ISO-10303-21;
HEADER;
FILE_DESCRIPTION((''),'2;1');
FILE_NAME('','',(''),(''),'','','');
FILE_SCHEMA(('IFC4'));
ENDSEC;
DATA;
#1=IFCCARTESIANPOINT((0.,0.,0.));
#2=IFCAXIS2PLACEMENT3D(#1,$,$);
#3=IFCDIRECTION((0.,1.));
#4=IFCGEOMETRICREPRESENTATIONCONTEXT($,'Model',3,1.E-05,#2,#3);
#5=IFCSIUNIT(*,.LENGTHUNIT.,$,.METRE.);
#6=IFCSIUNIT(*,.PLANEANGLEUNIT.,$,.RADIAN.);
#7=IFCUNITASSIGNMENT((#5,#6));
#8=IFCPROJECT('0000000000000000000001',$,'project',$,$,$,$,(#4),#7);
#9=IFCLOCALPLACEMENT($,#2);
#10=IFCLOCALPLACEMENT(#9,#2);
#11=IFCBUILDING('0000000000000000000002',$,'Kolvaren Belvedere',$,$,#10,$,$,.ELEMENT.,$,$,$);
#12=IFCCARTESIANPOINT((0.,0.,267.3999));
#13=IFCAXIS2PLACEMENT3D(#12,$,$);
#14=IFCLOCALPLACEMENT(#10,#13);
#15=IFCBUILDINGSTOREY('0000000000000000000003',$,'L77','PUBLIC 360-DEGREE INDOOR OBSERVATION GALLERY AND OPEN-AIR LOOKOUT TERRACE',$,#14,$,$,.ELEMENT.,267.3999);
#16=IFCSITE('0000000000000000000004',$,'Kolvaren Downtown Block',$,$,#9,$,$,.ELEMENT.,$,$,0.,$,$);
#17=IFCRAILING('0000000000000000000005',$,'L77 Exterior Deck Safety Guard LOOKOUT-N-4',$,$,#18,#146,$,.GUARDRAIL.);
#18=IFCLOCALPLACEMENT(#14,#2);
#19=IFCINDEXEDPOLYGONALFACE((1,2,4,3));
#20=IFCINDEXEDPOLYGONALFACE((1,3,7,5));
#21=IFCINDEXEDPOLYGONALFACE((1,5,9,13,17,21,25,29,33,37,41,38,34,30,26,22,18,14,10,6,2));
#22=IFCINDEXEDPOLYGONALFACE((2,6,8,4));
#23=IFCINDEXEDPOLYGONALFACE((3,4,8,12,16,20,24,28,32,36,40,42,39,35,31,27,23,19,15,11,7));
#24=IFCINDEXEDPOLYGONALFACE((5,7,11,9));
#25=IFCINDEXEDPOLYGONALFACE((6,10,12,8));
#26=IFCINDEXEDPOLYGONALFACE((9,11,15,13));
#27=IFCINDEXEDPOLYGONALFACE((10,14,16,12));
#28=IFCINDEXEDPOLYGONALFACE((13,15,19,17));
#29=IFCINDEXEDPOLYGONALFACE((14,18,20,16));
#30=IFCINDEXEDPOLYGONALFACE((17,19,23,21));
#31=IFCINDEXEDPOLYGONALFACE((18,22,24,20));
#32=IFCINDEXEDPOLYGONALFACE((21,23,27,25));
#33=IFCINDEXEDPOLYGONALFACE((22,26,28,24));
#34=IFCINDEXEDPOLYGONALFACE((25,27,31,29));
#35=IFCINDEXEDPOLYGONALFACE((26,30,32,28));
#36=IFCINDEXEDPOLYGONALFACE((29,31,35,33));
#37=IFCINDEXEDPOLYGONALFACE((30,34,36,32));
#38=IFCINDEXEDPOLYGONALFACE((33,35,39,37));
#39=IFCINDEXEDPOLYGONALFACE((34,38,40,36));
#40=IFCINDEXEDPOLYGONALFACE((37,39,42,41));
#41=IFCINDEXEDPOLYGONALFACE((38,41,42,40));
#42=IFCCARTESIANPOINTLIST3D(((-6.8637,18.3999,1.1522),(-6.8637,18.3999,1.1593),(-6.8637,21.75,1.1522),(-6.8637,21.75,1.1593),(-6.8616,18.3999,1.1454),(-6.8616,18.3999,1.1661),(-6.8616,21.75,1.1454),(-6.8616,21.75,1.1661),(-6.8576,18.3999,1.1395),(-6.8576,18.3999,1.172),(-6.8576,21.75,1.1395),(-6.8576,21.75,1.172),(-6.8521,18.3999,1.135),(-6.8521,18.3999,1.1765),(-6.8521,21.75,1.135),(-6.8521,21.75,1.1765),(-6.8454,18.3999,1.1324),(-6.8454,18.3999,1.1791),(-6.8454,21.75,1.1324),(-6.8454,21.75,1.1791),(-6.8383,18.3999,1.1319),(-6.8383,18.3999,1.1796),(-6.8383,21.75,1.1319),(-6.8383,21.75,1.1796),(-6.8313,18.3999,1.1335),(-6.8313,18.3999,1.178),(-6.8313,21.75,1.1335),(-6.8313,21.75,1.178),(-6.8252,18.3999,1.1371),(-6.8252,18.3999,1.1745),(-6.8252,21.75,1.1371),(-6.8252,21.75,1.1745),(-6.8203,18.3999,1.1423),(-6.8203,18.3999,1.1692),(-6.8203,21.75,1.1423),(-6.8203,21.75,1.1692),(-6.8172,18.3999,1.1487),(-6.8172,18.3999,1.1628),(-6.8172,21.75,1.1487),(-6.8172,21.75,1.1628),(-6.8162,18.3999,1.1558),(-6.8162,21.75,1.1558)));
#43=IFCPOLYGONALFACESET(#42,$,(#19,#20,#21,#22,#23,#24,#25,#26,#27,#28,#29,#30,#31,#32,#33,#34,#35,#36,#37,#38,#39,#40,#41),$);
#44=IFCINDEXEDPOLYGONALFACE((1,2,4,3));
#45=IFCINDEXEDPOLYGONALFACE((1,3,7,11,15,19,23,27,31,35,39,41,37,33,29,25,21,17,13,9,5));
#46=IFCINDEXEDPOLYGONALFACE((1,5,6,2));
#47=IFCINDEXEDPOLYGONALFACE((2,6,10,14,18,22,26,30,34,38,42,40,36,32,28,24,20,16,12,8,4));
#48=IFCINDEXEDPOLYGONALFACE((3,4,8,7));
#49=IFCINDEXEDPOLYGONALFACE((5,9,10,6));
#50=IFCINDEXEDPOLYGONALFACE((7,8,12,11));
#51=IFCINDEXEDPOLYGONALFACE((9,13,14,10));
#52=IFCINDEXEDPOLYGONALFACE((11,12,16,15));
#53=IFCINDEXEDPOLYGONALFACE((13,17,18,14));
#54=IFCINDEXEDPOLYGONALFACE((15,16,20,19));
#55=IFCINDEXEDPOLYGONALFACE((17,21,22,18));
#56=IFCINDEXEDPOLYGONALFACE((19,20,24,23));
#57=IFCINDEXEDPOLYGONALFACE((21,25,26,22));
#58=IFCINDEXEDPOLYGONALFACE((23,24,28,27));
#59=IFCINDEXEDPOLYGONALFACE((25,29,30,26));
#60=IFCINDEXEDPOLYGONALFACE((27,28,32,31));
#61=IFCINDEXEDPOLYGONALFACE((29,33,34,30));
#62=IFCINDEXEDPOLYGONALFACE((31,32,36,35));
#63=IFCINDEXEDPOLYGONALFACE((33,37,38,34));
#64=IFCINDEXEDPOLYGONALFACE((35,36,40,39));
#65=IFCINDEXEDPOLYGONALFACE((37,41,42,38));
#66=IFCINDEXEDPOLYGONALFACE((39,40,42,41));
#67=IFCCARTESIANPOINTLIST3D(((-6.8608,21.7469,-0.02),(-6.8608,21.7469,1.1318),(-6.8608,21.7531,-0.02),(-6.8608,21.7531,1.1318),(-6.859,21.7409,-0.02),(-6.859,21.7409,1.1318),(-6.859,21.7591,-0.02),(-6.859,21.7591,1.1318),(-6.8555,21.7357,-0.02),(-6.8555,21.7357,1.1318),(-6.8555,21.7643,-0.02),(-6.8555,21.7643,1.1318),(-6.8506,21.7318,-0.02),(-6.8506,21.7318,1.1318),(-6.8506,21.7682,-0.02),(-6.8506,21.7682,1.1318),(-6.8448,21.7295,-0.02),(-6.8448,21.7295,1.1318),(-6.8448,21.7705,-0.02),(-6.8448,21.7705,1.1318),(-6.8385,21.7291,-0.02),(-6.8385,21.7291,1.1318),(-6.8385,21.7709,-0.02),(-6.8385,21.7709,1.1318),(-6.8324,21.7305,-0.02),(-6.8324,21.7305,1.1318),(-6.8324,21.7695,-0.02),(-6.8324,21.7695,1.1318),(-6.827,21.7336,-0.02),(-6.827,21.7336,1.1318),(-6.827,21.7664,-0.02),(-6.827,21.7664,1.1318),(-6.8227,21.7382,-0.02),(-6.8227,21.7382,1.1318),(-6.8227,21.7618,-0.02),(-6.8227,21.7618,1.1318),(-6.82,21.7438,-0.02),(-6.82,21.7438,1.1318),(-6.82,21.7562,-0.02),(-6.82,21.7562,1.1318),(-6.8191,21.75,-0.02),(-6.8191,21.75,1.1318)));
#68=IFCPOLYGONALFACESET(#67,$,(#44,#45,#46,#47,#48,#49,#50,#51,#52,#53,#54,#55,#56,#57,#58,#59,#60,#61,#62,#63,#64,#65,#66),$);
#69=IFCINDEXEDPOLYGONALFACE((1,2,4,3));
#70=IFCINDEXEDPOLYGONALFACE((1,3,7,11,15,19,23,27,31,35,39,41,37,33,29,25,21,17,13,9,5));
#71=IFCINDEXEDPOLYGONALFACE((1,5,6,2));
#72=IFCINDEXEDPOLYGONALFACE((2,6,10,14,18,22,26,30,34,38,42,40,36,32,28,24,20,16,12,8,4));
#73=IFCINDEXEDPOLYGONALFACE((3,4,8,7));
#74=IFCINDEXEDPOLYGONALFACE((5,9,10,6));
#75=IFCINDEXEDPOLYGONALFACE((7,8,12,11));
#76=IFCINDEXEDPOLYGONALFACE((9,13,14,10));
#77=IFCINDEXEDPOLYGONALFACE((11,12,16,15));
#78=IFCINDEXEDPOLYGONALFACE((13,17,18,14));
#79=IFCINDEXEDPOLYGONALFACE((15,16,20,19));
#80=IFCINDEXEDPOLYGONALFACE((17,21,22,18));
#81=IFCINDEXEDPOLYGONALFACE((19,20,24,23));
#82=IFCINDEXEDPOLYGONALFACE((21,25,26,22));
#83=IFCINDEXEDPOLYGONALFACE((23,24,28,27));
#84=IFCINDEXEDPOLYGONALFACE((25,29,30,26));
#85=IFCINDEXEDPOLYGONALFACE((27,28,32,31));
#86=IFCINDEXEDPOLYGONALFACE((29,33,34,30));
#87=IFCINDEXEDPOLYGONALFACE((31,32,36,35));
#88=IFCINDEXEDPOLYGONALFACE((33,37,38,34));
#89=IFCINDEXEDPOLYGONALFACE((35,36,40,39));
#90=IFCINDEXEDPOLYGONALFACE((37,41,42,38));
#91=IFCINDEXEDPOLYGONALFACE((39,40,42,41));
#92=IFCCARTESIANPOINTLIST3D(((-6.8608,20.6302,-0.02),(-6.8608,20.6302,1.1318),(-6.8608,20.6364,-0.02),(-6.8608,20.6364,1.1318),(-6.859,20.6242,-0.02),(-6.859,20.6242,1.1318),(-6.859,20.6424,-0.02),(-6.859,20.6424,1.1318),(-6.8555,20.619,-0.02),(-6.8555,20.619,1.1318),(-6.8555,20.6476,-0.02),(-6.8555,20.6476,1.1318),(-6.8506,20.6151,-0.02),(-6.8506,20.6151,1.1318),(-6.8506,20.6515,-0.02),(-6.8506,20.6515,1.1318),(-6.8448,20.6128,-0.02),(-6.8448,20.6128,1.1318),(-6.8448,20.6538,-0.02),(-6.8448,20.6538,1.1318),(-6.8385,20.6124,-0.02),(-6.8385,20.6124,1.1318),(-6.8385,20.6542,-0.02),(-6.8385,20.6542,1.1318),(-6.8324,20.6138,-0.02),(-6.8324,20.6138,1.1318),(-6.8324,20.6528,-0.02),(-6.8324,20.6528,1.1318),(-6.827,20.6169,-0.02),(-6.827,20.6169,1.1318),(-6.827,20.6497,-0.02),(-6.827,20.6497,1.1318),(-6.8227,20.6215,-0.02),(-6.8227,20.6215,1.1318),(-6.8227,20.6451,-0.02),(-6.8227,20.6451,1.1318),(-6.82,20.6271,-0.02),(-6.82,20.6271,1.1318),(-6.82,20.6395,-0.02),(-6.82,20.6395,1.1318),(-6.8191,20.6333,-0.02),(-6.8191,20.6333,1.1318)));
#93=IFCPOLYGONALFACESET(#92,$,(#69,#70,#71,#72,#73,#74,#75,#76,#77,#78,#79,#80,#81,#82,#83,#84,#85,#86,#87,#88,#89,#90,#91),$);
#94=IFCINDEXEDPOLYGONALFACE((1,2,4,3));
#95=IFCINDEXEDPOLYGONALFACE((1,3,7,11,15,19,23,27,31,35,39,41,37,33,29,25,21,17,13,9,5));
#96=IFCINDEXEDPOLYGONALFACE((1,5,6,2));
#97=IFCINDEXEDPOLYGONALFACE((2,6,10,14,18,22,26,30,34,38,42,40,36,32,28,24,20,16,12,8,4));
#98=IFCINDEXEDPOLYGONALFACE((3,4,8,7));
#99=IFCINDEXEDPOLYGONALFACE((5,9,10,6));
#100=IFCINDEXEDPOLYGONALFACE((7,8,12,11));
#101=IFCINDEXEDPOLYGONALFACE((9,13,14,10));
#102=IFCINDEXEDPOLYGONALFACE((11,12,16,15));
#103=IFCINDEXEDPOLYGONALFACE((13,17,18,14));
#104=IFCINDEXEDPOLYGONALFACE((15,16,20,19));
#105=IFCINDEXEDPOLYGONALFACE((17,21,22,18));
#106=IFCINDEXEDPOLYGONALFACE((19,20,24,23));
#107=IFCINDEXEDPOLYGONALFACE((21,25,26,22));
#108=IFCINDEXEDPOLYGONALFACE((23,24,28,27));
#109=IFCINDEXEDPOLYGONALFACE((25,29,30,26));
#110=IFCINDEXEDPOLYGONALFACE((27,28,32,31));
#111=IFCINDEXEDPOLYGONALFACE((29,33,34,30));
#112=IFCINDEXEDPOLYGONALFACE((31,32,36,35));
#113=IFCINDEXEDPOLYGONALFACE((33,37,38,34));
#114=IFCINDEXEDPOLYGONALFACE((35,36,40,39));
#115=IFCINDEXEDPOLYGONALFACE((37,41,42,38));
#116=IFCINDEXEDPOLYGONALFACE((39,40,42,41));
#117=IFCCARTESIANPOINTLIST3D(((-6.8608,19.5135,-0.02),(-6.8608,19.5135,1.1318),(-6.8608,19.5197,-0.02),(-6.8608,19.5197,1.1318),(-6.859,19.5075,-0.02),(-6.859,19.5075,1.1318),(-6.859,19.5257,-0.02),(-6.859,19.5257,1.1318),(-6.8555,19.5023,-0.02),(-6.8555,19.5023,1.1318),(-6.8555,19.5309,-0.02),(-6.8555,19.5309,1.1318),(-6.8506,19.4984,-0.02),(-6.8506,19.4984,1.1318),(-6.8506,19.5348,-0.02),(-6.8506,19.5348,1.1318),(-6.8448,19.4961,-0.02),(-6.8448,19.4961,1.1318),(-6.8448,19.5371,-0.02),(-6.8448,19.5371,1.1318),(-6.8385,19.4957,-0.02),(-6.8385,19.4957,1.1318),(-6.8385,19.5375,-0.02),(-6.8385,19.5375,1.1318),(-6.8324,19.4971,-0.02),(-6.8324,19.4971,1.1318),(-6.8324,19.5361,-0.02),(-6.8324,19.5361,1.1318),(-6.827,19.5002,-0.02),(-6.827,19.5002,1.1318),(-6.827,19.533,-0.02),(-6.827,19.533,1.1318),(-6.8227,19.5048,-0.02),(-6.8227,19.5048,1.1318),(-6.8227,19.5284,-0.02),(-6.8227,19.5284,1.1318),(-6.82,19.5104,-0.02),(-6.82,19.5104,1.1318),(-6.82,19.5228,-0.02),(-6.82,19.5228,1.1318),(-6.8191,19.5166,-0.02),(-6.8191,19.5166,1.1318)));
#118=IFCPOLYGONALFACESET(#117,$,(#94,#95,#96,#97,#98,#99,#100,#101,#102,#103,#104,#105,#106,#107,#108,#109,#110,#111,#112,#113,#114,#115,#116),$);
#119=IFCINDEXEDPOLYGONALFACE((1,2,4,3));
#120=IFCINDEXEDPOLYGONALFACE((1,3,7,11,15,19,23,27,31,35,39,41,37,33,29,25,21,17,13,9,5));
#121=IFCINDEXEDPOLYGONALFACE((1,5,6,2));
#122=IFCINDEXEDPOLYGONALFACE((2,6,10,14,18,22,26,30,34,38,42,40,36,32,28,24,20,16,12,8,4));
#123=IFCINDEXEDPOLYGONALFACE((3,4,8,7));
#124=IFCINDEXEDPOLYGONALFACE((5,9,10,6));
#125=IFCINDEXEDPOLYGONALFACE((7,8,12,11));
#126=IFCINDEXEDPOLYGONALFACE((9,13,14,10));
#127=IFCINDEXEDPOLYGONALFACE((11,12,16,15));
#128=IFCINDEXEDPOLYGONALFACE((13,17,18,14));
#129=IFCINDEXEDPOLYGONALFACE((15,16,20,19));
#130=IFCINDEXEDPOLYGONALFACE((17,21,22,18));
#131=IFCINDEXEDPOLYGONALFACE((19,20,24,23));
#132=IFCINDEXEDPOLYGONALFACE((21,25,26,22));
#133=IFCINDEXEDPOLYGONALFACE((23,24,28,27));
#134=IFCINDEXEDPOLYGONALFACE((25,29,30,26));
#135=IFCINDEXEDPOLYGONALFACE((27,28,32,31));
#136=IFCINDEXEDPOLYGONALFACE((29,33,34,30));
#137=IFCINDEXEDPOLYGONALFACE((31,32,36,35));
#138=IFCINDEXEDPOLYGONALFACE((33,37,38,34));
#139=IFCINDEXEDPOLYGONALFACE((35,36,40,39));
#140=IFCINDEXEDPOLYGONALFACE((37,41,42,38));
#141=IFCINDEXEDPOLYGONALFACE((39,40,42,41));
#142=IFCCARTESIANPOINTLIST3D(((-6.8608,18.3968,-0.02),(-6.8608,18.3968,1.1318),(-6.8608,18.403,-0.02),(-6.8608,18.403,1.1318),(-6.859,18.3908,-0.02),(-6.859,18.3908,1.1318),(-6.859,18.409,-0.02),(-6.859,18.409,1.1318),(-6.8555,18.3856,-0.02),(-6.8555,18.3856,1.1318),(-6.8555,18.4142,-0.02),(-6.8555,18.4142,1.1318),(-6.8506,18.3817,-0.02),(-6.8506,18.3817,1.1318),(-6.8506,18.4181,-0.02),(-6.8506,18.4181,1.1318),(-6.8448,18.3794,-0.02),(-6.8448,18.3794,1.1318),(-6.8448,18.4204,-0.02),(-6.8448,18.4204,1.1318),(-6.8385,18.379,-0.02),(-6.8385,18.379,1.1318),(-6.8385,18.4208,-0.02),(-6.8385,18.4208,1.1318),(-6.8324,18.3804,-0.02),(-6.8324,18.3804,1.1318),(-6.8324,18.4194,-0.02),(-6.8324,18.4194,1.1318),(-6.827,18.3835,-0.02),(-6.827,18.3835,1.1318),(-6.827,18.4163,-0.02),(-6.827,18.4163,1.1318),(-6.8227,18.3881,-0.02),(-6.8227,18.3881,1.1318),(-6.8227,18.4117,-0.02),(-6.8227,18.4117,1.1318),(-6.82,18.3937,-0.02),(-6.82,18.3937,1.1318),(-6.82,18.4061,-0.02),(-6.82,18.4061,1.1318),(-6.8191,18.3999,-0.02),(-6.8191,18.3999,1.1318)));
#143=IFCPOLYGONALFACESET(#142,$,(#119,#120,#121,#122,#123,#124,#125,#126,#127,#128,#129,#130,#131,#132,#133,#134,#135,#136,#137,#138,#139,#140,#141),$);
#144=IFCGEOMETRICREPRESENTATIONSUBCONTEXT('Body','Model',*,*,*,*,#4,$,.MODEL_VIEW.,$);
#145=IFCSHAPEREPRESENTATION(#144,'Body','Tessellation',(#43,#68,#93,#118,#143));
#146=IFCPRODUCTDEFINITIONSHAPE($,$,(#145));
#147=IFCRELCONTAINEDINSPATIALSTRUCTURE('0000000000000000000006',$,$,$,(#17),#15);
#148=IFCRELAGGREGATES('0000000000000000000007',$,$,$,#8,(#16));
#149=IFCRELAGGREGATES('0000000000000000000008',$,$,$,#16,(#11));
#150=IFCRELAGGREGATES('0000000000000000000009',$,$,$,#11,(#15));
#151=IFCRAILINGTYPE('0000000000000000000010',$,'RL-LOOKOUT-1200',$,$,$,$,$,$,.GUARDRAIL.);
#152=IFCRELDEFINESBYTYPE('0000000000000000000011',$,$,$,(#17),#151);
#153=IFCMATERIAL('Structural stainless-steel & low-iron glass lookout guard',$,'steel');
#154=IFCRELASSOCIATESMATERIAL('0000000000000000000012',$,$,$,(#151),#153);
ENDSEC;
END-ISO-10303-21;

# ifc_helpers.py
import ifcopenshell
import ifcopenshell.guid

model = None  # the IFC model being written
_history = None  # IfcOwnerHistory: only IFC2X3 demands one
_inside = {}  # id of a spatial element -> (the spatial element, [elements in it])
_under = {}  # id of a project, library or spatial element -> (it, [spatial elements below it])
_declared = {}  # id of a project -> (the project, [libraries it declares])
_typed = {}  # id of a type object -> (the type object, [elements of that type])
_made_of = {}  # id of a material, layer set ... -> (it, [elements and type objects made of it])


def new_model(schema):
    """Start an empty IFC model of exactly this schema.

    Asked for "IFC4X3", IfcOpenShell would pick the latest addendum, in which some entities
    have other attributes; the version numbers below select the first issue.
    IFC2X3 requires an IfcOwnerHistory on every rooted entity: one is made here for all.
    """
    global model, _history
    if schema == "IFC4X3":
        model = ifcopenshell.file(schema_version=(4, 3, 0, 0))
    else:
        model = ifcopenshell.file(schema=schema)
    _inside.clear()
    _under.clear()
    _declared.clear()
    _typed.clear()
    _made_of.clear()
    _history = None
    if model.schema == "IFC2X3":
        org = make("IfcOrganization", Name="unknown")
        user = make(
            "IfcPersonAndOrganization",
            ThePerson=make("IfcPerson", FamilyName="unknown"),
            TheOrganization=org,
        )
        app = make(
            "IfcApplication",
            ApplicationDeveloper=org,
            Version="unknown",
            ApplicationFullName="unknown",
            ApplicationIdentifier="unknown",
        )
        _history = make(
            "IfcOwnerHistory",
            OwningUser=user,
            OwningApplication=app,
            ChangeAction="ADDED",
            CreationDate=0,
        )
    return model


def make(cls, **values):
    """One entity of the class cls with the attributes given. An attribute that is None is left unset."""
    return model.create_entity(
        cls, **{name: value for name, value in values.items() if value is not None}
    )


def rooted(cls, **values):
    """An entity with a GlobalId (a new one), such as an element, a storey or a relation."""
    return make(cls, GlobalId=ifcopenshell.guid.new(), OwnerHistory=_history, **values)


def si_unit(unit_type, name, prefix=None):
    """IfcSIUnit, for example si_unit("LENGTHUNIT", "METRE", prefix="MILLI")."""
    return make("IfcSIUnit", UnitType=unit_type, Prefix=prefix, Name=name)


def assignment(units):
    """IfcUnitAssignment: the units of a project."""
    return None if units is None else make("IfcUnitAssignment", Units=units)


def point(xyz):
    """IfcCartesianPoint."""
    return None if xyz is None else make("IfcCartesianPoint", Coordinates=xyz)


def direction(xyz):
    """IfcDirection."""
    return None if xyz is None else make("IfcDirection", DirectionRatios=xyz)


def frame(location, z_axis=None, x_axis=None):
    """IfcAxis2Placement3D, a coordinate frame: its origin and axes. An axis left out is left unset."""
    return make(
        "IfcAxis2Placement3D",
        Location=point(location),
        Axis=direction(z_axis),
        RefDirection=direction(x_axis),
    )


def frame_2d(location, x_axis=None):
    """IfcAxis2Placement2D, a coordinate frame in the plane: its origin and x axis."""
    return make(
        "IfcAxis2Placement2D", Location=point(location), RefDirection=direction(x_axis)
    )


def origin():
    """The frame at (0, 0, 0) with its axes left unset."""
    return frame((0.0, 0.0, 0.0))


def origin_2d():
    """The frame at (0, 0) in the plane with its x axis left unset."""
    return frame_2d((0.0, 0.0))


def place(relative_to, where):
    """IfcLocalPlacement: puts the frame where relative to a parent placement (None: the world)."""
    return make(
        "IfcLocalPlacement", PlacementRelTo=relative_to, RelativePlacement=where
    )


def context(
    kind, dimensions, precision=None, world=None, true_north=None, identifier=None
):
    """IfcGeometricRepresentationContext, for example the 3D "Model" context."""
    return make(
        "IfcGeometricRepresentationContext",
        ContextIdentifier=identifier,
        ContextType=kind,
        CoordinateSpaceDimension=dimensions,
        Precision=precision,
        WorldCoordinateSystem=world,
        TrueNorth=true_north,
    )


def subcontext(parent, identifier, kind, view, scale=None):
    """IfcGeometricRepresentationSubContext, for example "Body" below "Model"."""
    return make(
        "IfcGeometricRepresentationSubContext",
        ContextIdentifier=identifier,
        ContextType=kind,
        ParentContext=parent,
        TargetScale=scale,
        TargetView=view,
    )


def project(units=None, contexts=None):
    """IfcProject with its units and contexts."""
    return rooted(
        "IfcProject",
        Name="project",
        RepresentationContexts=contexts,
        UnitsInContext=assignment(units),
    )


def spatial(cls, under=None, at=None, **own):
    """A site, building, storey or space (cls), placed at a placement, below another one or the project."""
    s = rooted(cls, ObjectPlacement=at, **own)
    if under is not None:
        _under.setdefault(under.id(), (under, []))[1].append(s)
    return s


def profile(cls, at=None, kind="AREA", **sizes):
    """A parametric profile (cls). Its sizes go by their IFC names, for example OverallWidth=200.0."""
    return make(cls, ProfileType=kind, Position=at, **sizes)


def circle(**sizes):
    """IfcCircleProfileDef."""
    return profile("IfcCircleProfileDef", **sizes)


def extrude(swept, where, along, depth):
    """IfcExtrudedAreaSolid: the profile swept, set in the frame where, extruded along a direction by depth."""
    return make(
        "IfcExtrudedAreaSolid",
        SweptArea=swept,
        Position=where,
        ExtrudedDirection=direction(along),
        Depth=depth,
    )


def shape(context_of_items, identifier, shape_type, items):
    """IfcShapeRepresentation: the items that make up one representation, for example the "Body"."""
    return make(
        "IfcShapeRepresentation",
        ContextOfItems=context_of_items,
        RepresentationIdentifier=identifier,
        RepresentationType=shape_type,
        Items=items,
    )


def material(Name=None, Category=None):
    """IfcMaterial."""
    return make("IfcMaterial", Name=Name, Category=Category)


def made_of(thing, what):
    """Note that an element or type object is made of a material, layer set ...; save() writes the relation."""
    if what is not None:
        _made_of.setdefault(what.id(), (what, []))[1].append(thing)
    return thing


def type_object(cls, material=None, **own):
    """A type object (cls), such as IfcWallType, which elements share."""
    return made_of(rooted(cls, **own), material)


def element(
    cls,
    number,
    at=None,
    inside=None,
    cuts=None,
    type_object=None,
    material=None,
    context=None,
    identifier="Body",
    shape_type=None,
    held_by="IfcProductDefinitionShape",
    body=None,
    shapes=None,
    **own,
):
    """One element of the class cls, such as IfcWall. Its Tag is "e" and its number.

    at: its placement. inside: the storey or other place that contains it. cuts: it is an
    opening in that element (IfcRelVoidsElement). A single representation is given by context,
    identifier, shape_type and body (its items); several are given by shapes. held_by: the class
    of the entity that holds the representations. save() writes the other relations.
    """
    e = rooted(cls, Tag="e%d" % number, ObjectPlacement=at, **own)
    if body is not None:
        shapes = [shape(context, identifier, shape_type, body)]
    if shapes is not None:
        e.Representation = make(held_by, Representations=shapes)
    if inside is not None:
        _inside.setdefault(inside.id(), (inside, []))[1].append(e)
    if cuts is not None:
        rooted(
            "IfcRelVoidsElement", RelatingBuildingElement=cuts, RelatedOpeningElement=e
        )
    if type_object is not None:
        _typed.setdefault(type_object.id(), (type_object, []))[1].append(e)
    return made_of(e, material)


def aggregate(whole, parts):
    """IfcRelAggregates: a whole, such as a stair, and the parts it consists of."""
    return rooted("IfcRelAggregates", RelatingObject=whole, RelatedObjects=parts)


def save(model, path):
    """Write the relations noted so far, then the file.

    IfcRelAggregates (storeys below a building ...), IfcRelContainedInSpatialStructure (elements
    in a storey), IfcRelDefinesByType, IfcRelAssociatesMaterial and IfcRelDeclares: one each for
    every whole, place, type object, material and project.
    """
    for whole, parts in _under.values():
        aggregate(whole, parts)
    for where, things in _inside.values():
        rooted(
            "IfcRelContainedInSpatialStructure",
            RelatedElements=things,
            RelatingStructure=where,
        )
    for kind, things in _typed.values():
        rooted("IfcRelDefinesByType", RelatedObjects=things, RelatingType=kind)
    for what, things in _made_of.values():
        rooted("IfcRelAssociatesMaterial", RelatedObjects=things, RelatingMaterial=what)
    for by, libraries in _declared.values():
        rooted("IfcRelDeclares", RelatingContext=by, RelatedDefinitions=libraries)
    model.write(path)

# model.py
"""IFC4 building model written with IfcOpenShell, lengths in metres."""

from ifc_helpers import new_model, si_unit, direction, frame, origin, origin_2d, place, context, subcontext, project, spatial, circle, extrude, material, type_object, element, save


model = new_model("IFC4")

# Units and contexts
model_context = context("Model", 3, precision=1e-05, world=origin(), true_north=direction((0.0, 1.0)))
body_context = subcontext(model_context, "Body", "Model", "MODEL_VIEW")
ifc_project = project(units=[si_unit("LENGTHUNIT", "METRE"), si_unit("PLANEANGLEUNIT", "RADIAN")], contexts=[model_context])

# Site, building, storey
site_placement = place(None, origin())
site = spatial("IfcSite", under=ifc_project, at=site_placement, Name="Kolvaren Downtown Block", CompositionType="ELEMENT", RefElevation=0.0)
building_placement = place(site_placement, origin())
building = spatial("IfcBuilding", under=site, at=building_placement, Name="Kolvaren Belvedere", CompositionType="ELEMENT")
storey_placement = place(building_placement, frame((0.0, 0.0, 267.3999)))
storey = spatial("IfcBuildingStorey", under=building, at=storey_placement, Name="L77", Description="PUBLIC 360-DEGREE INDOOR OBSERVATION GALLERY AND OPEN-AIR LOOKOUT TERRACE", CompositionType="ELEMENT", Elevation=267.3999)

# Railing
ifc_material_1 = material(Name="Structural stainless-steel & low-iron glass lookout guard", Category="steel")
railing_type = type_object("IfcRailingType", Name="RL-LOOKOUT-1200", PredefinedType="GUARDRAIL", material=ifc_material_1)
railing_placement = place(storey_placement, frame((-6.8401, 21.75, -0.02)))
element("IfcRailing", 1, at=railing_placement, inside=storey, type_object=railing_type, Name="L77 Exterior Deck Safety Guard LOOKOUT-N-4", PredefinedType="GUARDRAIL", context=body_context, shape_type="SweptSolid", body=[
    extrude(circle(Radius=0.0239, at=origin_2d()), frame((0.0, 0.0, 1.1758), z_axis=(0.0, -1.0, 0.0), x_axis=(1.0, 0.0, 0.0)), (0.0, 0.0, 1.0), 3.3501),
    extrude(circle(Radius=0.021, at=origin_2d()), origin(), (0.0, 0.0, 1.0), 1.1519),
    extrude(circle(Radius=0.021, at=origin_2d()), frame((0.0, -1.1167, 0.0)), (0.0, 0.0, 1.0), 1.1519),
    extrude(circle(Radius=0.021, at=origin_2d()), frame((0.0, -2.2334, 0.0)), (0.0, 0.0, 1.0), 1.1519),
    extrude(circle(Radius=0.021, at=origin_2d()), frame((0.0, -3.3501, 0.0)), (0.0, 0.0, 1.0), 1.1519),
])

save(model, "model.ifc")
